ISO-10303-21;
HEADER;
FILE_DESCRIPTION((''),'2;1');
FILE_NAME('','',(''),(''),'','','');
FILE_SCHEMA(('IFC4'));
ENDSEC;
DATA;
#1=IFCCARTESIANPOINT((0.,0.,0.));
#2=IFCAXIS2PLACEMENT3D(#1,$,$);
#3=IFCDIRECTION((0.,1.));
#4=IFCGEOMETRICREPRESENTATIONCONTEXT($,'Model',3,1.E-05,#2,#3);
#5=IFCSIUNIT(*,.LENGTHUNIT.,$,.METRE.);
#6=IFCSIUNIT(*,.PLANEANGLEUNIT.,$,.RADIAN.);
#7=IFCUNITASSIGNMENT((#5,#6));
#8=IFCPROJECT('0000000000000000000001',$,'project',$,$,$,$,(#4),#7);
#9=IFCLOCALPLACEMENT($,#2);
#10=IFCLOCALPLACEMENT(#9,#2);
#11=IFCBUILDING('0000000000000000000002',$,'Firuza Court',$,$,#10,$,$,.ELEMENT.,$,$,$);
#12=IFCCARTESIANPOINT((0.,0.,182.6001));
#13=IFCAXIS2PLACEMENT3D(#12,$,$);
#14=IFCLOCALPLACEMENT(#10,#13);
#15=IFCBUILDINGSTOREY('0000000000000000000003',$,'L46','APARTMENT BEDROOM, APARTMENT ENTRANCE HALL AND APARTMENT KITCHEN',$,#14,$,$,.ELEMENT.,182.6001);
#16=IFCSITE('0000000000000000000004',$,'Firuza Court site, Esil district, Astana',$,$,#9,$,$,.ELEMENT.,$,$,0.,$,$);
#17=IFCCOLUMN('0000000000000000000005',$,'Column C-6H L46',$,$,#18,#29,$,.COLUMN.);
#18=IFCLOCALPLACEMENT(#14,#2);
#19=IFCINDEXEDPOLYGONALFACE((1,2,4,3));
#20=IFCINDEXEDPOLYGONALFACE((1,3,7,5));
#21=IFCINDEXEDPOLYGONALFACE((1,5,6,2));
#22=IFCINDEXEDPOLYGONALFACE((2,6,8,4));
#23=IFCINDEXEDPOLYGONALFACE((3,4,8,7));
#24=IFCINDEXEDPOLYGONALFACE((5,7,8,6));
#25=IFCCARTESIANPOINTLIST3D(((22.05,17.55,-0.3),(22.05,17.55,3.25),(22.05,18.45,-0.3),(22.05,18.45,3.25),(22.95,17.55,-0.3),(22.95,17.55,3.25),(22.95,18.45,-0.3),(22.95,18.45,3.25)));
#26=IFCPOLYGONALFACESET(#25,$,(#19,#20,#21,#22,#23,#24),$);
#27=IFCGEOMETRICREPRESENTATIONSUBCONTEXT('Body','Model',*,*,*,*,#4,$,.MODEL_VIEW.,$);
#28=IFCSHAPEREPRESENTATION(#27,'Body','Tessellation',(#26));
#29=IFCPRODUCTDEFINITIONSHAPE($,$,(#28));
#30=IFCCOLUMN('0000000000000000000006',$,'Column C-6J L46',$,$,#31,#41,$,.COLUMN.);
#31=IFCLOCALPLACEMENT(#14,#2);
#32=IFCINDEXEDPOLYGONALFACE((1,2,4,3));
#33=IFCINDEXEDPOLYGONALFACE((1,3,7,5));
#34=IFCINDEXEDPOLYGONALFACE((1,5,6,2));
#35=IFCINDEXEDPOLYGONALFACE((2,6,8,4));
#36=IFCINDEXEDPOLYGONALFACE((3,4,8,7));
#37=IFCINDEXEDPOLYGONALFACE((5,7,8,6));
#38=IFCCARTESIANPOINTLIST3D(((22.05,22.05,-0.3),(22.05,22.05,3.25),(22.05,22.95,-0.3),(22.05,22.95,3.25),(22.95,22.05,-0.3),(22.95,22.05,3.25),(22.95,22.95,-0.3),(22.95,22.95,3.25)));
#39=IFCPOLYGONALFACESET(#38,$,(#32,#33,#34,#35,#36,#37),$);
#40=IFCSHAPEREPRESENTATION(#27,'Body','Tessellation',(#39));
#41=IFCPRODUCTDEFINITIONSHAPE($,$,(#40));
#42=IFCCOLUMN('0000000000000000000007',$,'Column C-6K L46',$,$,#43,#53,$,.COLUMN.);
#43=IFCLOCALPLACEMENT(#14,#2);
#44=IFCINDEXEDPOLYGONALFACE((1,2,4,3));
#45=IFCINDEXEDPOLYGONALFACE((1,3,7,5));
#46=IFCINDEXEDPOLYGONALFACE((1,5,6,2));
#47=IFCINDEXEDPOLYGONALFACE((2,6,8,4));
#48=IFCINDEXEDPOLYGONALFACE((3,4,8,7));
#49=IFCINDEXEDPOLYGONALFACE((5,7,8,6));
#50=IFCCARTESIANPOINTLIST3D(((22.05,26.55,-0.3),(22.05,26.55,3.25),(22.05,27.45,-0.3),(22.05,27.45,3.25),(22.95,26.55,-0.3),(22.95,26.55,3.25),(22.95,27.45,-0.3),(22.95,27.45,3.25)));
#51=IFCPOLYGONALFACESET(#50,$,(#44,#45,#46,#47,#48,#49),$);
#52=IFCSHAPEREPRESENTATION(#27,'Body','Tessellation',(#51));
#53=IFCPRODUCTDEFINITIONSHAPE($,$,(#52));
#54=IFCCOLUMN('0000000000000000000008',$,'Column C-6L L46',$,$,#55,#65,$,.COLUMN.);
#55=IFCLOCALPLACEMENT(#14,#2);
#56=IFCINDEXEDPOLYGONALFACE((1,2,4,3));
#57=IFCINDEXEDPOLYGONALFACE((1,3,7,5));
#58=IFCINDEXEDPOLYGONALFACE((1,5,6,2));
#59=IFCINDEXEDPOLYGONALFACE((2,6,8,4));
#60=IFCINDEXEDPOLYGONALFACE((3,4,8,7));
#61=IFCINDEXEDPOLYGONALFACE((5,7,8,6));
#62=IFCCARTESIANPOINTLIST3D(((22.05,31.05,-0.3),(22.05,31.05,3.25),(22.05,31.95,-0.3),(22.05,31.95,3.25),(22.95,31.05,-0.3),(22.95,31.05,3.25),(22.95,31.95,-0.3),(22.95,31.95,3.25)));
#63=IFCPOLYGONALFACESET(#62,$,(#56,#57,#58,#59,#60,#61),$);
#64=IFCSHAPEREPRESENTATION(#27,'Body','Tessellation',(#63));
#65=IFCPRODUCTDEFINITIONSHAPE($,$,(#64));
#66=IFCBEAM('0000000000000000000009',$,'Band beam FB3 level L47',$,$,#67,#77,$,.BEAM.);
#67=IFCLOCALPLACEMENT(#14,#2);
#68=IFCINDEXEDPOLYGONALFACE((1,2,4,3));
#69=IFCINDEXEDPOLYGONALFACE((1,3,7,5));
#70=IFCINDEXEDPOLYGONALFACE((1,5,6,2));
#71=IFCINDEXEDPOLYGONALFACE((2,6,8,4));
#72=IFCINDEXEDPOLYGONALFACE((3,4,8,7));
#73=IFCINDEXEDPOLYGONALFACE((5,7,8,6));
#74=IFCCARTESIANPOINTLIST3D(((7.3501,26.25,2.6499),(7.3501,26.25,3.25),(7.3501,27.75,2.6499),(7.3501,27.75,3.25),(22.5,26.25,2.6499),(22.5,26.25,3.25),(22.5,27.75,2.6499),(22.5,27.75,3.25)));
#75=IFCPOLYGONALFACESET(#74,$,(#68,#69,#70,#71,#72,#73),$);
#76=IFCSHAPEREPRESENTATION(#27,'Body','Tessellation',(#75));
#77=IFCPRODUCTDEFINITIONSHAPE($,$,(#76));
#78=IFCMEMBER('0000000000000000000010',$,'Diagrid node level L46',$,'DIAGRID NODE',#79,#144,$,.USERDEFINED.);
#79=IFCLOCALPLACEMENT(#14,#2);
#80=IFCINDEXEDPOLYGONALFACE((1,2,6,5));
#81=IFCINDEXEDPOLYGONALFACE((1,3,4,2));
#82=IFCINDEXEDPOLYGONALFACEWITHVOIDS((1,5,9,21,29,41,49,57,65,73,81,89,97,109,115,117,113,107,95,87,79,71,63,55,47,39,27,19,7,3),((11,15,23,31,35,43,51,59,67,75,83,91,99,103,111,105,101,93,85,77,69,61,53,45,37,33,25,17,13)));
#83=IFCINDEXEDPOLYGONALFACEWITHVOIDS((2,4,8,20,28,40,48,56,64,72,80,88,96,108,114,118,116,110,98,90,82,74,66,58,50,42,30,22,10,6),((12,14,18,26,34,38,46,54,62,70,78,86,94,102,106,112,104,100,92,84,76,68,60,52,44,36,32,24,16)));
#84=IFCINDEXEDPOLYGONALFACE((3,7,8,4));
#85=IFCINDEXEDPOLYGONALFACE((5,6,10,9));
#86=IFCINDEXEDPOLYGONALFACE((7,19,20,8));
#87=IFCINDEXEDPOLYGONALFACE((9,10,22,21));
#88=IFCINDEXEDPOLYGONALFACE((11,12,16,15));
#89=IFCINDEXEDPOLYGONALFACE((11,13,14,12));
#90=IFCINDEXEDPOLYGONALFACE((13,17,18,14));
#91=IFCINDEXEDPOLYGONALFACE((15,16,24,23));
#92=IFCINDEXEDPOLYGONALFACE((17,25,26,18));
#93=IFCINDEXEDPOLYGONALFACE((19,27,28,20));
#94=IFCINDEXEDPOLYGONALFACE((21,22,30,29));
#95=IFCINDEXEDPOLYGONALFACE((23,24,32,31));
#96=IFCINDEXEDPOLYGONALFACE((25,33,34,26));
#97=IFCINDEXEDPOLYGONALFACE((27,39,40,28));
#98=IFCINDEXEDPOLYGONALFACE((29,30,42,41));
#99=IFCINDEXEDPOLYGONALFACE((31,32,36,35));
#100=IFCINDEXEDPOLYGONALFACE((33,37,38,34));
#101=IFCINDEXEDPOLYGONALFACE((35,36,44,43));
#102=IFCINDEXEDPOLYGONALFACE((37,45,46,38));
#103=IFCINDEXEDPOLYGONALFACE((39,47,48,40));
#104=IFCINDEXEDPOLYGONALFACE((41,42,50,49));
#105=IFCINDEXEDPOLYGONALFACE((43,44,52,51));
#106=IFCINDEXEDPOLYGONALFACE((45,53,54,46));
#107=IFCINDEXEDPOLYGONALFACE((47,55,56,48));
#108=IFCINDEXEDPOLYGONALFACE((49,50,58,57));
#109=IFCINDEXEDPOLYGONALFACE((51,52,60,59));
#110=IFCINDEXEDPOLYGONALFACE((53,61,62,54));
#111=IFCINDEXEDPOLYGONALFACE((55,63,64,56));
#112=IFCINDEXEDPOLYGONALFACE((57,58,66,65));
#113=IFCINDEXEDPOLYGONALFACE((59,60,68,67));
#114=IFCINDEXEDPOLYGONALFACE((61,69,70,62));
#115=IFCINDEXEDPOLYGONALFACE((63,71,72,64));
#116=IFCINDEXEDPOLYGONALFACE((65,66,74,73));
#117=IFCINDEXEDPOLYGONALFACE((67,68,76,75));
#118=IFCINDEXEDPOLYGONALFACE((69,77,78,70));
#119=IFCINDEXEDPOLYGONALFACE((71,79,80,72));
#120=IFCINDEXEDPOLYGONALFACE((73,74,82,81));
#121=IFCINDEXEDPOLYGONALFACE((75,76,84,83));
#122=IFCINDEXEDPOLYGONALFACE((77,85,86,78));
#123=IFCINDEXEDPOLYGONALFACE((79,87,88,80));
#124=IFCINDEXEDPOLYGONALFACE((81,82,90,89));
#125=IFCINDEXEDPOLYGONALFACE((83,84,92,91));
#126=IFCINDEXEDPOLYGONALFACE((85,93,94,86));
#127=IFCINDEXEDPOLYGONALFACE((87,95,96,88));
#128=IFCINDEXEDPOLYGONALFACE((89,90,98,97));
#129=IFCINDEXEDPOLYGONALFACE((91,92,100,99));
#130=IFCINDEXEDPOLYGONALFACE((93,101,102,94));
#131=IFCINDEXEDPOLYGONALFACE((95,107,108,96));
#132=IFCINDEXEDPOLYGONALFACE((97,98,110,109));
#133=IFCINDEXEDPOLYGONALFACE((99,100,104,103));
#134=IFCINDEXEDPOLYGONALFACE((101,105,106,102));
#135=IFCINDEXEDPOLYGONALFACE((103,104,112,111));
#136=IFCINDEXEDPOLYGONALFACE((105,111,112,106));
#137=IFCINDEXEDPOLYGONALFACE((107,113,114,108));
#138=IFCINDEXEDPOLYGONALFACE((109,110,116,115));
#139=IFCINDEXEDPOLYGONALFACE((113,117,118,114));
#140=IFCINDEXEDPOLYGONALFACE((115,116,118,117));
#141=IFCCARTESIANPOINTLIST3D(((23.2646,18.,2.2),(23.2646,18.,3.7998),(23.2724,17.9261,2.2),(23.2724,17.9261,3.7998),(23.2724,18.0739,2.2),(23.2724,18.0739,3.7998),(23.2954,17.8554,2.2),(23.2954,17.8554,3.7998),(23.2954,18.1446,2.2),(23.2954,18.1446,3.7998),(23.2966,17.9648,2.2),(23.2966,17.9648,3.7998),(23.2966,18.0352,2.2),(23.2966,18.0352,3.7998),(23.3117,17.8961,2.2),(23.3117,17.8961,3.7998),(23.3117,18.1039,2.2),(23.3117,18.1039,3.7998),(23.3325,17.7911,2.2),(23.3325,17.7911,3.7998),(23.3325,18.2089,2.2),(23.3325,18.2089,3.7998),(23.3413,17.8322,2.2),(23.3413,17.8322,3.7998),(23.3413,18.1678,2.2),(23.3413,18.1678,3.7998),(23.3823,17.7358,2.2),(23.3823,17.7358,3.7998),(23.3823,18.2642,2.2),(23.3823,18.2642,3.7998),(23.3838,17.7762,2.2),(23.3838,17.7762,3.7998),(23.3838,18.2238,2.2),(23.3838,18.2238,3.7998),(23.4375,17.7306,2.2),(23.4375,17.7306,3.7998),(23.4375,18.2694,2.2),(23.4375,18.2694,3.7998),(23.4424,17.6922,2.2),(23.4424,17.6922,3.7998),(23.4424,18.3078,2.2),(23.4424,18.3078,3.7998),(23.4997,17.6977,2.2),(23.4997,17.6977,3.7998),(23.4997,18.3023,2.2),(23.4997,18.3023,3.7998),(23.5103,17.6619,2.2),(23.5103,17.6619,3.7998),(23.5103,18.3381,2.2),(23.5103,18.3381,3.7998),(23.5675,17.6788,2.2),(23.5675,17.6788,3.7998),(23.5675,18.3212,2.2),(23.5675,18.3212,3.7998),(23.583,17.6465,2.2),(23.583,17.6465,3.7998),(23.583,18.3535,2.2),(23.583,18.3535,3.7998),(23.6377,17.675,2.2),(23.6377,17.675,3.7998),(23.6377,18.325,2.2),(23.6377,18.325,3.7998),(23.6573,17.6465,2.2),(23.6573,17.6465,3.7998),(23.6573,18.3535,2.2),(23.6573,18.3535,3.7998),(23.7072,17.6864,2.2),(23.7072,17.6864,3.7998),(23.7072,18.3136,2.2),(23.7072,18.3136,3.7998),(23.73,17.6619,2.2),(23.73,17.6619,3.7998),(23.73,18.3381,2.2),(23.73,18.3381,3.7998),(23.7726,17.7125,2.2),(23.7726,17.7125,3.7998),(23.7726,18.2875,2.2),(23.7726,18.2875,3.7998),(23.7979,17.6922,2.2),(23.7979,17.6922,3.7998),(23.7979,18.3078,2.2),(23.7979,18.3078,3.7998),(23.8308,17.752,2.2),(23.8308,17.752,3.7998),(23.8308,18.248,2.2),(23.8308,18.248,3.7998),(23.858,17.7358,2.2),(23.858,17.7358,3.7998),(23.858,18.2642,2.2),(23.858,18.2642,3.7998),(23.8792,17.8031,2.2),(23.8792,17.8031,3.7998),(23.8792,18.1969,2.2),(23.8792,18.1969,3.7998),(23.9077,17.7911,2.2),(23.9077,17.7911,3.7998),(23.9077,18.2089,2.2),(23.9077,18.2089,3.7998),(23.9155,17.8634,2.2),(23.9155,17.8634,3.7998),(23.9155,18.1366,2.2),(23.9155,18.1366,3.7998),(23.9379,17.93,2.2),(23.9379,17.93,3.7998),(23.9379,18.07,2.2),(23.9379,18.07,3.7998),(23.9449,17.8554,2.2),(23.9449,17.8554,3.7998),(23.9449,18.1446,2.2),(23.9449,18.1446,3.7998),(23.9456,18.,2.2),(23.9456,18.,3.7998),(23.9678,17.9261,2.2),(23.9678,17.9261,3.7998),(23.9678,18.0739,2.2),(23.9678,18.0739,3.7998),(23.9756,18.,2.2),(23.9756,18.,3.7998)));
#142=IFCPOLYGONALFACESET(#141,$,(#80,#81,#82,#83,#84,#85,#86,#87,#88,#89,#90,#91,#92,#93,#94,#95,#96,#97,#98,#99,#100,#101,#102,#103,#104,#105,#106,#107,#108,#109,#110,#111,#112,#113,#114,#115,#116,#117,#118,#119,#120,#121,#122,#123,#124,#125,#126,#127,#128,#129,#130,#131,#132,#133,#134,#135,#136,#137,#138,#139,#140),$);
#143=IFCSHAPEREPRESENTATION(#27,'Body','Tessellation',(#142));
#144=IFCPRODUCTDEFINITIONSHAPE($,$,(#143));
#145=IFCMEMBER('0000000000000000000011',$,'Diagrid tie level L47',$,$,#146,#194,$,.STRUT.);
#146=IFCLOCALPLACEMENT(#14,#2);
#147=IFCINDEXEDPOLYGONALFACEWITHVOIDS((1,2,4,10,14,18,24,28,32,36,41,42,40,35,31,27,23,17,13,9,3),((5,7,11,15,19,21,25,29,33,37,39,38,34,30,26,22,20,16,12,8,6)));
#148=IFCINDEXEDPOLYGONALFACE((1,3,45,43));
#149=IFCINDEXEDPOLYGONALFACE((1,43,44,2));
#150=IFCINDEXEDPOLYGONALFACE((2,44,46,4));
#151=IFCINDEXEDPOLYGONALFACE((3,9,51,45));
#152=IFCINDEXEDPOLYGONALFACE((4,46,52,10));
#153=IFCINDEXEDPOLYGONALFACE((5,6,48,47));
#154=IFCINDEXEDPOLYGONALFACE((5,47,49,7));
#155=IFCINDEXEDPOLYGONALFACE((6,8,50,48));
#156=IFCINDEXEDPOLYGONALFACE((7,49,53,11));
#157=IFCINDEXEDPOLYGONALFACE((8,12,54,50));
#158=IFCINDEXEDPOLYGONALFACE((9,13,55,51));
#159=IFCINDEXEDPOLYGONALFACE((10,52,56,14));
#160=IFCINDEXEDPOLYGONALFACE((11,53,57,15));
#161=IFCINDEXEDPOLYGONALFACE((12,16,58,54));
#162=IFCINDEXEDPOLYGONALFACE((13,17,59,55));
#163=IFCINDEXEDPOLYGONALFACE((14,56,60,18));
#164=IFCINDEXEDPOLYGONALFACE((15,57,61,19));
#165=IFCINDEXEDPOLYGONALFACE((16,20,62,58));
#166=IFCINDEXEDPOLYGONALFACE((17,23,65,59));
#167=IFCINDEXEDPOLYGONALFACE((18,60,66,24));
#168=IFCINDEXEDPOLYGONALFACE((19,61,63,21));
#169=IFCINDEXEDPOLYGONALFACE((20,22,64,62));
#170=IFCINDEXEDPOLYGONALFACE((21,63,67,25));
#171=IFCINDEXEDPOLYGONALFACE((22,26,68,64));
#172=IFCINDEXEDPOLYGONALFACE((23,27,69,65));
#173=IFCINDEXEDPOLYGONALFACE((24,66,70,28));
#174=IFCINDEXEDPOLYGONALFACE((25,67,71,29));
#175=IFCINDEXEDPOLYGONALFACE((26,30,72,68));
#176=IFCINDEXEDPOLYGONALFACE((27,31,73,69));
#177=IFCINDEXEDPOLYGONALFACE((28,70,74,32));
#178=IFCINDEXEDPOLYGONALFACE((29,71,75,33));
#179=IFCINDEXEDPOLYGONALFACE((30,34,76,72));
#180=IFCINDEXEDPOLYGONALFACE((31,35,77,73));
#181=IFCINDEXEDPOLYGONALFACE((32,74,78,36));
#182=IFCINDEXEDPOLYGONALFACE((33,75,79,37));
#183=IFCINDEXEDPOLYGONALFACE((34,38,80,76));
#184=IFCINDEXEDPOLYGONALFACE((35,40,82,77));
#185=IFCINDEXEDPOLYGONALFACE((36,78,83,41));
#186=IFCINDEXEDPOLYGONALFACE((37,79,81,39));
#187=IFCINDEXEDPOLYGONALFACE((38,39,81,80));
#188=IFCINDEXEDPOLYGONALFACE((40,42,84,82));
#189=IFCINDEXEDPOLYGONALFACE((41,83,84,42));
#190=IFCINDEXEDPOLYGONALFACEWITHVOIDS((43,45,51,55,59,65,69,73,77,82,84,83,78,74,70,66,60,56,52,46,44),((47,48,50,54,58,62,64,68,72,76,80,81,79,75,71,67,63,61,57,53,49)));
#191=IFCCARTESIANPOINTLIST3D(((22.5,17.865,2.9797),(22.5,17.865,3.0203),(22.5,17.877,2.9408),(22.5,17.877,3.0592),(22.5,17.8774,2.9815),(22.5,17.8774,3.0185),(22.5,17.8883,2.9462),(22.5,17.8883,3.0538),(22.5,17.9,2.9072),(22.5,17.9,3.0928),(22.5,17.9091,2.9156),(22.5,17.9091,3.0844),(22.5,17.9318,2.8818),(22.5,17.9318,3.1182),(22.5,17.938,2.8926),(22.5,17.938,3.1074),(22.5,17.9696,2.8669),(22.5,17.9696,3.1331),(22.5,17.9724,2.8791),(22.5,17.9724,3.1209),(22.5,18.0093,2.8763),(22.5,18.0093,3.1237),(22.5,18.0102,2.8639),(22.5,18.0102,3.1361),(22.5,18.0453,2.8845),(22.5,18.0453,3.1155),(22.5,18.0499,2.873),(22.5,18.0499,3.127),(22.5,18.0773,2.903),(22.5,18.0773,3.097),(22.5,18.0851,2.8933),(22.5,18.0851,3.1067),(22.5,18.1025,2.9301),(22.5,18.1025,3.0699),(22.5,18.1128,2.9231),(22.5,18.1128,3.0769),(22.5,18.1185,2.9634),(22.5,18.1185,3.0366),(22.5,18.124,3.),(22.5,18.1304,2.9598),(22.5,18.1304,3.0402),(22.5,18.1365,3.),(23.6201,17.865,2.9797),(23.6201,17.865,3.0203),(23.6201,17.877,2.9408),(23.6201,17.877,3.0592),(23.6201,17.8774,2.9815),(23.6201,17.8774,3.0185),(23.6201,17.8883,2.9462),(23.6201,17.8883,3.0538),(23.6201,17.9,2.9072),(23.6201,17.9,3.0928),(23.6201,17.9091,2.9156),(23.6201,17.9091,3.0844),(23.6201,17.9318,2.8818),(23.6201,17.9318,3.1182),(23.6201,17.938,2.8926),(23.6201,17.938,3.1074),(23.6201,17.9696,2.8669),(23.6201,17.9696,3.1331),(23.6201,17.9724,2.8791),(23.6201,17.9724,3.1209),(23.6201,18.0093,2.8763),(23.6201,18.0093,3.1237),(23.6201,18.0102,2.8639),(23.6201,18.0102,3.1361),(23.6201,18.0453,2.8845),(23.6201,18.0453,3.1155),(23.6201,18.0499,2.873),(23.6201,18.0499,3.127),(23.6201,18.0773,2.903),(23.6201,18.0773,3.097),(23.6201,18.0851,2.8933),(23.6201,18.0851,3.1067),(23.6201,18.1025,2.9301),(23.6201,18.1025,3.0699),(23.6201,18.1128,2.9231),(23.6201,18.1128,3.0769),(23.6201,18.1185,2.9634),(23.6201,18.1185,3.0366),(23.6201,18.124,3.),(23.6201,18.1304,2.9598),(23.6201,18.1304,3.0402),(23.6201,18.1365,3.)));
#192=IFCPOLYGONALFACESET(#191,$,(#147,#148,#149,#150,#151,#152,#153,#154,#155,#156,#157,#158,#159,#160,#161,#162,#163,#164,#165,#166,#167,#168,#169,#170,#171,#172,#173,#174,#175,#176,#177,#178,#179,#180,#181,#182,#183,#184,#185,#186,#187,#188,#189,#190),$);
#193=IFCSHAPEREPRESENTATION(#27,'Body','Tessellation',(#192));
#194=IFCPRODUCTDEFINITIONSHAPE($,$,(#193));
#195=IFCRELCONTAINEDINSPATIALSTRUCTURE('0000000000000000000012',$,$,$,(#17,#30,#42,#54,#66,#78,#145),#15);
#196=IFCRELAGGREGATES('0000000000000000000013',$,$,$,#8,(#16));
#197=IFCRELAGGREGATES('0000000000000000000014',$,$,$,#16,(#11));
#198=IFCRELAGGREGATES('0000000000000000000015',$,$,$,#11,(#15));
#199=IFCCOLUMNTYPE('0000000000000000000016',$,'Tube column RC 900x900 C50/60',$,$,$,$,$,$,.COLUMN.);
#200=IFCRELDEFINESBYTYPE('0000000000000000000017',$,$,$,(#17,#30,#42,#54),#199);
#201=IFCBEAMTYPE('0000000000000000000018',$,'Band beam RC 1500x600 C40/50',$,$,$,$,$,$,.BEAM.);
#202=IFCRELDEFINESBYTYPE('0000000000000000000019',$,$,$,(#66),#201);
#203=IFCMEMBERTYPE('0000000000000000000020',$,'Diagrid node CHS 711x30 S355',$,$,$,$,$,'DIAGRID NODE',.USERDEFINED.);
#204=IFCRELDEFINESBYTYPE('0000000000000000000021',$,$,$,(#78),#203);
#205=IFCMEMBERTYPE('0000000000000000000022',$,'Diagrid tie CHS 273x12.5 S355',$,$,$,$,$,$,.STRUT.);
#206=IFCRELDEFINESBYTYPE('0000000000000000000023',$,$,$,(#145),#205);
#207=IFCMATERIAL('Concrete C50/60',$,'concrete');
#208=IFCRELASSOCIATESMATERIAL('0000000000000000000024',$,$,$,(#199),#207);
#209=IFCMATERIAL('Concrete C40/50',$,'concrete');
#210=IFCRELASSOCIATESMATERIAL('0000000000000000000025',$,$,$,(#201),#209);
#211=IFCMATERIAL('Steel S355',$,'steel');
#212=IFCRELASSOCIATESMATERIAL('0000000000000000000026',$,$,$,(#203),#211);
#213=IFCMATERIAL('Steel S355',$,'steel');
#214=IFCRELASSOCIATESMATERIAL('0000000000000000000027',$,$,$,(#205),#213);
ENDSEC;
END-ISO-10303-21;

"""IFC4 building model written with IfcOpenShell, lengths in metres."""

from ifc_helpers import new_model, si_unit, direction, frame, origin, origin_2d, place, context, subcontext, project, spatial, rectangle, hollow_circle, extrude, material, material_profile, profile_set, type_object, element, save


model = new_model("IFC4")

# Units and contexts
model_context = context("Model", 3, precision=1e-05, world=origin(), true_north=direction((0.0, 1.0)))
body_context = subcontext(model_context, "Body", "Model", "MODEL_VIEW")
ifc_project = project(units=[si_unit("LENGTHUNIT", "METRE"), si_unit("PLANEANGLEUNIT", "RADIAN")], contexts=[model_context])

# Site, building, storey
site_placement = place(None, origin())
site = spatial("IfcSite", under=ifc_project, at=site_placement, Name="Firuza Court site, Esil district, Astana", CompositionType="ELEMENT", RefElevation=0.0)
building_placement = place(site_placement, origin())
building = spatial("IfcBuilding", under=site, at=building_placement, Name="Firuza Court", CompositionType="ELEMENT")
storey_placement = place(building_placement, frame((0.0, 0.0, 182.6001)))
storey = spatial("IfcBuildingStorey", under=building, at=storey_placement, Name="L46", Description="APARTMENT BEDROOM, APARTMENT ENTRANCE HALL AND APARTMENT KITCHEN", CompositionType="ELEMENT", Elevation=182.6001)

# Columns
ifc_material_1 = material(Name="Concrete C50/60", Category="concrete")
ifc_material_profile_1 = material_profile(ifc_material_1, rectangle(XDim=0.8999, YDim=0.8999, at=origin_2d()), Name="RC 900x900")
ifc_profile_set_1 = profile_set([ifc_material_profile_1], Name="Concrete C50/60")
column_type = type_object("IfcColumnType", Name="Tube column RC 900x900 C50/60", PredefinedType="COLUMN", material=ifc_profile_set_1)
for number, where, z_axis, x_axis, name in (
    (1, (22.5, 18.0, -0.3), (0.0, 0.0, 1.0), (1.0, 0.0, 0.0), "Column C-6H L46"),
    (2, (22.5, 22.5, -0.3), (0.0, 0.0, 1.0), (1.0, 0.0, 0.0), "Column C-6J L46"),
    (3, (22.5, 27.0, -0.3), (0.0, 0.0, 1.0), (1.0, 0.0, 0.0), "Column C-6K L46"),
    (4, (22.5, 31.5, -0.3), (0.0, 0.0, 1.0), (1.0, 0.0, 0.0), "Column C-6L L46"),
):
    element("IfcColumn", number, at=place(storey_placement, frame(where, z_axis=z_axis, x_axis=x_axis)), inside=storey, type_object=column_type, Name=name, PredefinedType="COLUMN", context=body_context, shape_type="SweptSolid", body=[
        extrude(rectangle(XDim=0.8999, YDim=0.8999, at=origin_2d()), origin(), (0.0, 0.0, 1.0), 3.55),
    ])

# Beam
ifc_material_2 = material(Name="Concrete C40/50", Category="concrete")
ifc_material_profile_2 = material_profile(ifc_material_2, rectangle(XDim=1.5, YDim=0.6001, at=origin_2d()), Name="RC 1500x600")
ifc_profile_set_2 = profile_set([ifc_material_profile_2], Name="Concrete C40/50")
beam_type_1 = type_object("IfcBeamType", Name="Band beam RC 1500x600 C40/50", PredefinedType="BEAM", material=ifc_profile_set_2)
beam_placement = place(storey_placement, frame((22.5, 27.0, 2.95), z_axis=(-1.0, 0.0, 0.0), x_axis=(0.0, -1.0, 0.0)))
element("IfcBeam", 5, at=beam_placement, inside=storey, type_object=beam_type_1, Name="Band beam FB3 level L47", PredefinedType="BEAM", context=body_context, shape_type="SweptSolid", body=[
    extrude(rectangle(XDim=1.5, YDim=0.6001, at=origin_2d()), origin(), (0.0, 0.0, 1.0), 15.1499),
])

# Members
ifc_material_3 = material(Name="Steel S355", Category="steel")
ifc_material_profile_3 = material_profile(ifc_material_3, hollow_circle(Radius=0.3555, WallThickness=0.03, at=origin_2d()), Name="CHS 711x30")
ifc_profile_set_3 = profile_set([ifc_material_profile_3], Name="Steel S355")
member_type_1 = type_object("IfcMemberType", Name="Diagrid node CHS 711x30 S355", ElementType="DIAGRID NODE", PredefinedType="USERDEFINED", material=ifc_profile_set_3)
member_1_placement = place(storey_placement, frame((23.6201, 18.0, 2.2), z_axis=(0.0, 0.0, 1.0), x_axis=(1.0, 0.0, 0.0)))
element("IfcMember", 6, at=member_1_placement, inside=storey, type_object=member_type_1, Name="Diagrid node level L46", ObjectType="DIAGRID NODE", PredefinedType="USERDEFINED", context=body_context, shape_type="SweptSolid", body=[
    extrude(hollow_circle(Radius=0.3555, WallThickness=0.03, at=origin_2d()), origin(), (0.0, 0.0, 1.0), 1.5999),
])
ifc_material_4 = material(Name="Steel S355", Category="steel")
ifc_material_profile_4 = material_profile(ifc_material_4, hollow_circle(Radius=0.1365, WallThickness=0.0125, at=origin_2d()), Name="CHS 273x12.5")
ifc_profile_set_4 = profile_set([ifc_material_profile_4], Name="Steel S355")
member_type_2 = type_object("IfcMemberType", Name="Diagrid tie CHS 273x12.5 S355", PredefinedType="STRUT", material=ifc_profile_set_4)
member_2_placement = place(storey_placement, frame((22.5, 18.0, 3.0), z_axis=(1.0, 0.0, 0.0), x_axis=(0.0, 1.0, 0.0)))
element("IfcMember", 7, at=member_2_placement, inside=storey, type_object=member_type_2, Name="Diagrid tie level L47", PredefinedType="STRUT", context=body_context, shape_type="SweptSolid", body=[
    extrude(hollow_circle(Radius=0.1365, WallThickness=0.0125, at=origin_2d()), origin(), (0.0, 0.0, 1.0), 1.1201),
])

save(model, "model.ifc")
